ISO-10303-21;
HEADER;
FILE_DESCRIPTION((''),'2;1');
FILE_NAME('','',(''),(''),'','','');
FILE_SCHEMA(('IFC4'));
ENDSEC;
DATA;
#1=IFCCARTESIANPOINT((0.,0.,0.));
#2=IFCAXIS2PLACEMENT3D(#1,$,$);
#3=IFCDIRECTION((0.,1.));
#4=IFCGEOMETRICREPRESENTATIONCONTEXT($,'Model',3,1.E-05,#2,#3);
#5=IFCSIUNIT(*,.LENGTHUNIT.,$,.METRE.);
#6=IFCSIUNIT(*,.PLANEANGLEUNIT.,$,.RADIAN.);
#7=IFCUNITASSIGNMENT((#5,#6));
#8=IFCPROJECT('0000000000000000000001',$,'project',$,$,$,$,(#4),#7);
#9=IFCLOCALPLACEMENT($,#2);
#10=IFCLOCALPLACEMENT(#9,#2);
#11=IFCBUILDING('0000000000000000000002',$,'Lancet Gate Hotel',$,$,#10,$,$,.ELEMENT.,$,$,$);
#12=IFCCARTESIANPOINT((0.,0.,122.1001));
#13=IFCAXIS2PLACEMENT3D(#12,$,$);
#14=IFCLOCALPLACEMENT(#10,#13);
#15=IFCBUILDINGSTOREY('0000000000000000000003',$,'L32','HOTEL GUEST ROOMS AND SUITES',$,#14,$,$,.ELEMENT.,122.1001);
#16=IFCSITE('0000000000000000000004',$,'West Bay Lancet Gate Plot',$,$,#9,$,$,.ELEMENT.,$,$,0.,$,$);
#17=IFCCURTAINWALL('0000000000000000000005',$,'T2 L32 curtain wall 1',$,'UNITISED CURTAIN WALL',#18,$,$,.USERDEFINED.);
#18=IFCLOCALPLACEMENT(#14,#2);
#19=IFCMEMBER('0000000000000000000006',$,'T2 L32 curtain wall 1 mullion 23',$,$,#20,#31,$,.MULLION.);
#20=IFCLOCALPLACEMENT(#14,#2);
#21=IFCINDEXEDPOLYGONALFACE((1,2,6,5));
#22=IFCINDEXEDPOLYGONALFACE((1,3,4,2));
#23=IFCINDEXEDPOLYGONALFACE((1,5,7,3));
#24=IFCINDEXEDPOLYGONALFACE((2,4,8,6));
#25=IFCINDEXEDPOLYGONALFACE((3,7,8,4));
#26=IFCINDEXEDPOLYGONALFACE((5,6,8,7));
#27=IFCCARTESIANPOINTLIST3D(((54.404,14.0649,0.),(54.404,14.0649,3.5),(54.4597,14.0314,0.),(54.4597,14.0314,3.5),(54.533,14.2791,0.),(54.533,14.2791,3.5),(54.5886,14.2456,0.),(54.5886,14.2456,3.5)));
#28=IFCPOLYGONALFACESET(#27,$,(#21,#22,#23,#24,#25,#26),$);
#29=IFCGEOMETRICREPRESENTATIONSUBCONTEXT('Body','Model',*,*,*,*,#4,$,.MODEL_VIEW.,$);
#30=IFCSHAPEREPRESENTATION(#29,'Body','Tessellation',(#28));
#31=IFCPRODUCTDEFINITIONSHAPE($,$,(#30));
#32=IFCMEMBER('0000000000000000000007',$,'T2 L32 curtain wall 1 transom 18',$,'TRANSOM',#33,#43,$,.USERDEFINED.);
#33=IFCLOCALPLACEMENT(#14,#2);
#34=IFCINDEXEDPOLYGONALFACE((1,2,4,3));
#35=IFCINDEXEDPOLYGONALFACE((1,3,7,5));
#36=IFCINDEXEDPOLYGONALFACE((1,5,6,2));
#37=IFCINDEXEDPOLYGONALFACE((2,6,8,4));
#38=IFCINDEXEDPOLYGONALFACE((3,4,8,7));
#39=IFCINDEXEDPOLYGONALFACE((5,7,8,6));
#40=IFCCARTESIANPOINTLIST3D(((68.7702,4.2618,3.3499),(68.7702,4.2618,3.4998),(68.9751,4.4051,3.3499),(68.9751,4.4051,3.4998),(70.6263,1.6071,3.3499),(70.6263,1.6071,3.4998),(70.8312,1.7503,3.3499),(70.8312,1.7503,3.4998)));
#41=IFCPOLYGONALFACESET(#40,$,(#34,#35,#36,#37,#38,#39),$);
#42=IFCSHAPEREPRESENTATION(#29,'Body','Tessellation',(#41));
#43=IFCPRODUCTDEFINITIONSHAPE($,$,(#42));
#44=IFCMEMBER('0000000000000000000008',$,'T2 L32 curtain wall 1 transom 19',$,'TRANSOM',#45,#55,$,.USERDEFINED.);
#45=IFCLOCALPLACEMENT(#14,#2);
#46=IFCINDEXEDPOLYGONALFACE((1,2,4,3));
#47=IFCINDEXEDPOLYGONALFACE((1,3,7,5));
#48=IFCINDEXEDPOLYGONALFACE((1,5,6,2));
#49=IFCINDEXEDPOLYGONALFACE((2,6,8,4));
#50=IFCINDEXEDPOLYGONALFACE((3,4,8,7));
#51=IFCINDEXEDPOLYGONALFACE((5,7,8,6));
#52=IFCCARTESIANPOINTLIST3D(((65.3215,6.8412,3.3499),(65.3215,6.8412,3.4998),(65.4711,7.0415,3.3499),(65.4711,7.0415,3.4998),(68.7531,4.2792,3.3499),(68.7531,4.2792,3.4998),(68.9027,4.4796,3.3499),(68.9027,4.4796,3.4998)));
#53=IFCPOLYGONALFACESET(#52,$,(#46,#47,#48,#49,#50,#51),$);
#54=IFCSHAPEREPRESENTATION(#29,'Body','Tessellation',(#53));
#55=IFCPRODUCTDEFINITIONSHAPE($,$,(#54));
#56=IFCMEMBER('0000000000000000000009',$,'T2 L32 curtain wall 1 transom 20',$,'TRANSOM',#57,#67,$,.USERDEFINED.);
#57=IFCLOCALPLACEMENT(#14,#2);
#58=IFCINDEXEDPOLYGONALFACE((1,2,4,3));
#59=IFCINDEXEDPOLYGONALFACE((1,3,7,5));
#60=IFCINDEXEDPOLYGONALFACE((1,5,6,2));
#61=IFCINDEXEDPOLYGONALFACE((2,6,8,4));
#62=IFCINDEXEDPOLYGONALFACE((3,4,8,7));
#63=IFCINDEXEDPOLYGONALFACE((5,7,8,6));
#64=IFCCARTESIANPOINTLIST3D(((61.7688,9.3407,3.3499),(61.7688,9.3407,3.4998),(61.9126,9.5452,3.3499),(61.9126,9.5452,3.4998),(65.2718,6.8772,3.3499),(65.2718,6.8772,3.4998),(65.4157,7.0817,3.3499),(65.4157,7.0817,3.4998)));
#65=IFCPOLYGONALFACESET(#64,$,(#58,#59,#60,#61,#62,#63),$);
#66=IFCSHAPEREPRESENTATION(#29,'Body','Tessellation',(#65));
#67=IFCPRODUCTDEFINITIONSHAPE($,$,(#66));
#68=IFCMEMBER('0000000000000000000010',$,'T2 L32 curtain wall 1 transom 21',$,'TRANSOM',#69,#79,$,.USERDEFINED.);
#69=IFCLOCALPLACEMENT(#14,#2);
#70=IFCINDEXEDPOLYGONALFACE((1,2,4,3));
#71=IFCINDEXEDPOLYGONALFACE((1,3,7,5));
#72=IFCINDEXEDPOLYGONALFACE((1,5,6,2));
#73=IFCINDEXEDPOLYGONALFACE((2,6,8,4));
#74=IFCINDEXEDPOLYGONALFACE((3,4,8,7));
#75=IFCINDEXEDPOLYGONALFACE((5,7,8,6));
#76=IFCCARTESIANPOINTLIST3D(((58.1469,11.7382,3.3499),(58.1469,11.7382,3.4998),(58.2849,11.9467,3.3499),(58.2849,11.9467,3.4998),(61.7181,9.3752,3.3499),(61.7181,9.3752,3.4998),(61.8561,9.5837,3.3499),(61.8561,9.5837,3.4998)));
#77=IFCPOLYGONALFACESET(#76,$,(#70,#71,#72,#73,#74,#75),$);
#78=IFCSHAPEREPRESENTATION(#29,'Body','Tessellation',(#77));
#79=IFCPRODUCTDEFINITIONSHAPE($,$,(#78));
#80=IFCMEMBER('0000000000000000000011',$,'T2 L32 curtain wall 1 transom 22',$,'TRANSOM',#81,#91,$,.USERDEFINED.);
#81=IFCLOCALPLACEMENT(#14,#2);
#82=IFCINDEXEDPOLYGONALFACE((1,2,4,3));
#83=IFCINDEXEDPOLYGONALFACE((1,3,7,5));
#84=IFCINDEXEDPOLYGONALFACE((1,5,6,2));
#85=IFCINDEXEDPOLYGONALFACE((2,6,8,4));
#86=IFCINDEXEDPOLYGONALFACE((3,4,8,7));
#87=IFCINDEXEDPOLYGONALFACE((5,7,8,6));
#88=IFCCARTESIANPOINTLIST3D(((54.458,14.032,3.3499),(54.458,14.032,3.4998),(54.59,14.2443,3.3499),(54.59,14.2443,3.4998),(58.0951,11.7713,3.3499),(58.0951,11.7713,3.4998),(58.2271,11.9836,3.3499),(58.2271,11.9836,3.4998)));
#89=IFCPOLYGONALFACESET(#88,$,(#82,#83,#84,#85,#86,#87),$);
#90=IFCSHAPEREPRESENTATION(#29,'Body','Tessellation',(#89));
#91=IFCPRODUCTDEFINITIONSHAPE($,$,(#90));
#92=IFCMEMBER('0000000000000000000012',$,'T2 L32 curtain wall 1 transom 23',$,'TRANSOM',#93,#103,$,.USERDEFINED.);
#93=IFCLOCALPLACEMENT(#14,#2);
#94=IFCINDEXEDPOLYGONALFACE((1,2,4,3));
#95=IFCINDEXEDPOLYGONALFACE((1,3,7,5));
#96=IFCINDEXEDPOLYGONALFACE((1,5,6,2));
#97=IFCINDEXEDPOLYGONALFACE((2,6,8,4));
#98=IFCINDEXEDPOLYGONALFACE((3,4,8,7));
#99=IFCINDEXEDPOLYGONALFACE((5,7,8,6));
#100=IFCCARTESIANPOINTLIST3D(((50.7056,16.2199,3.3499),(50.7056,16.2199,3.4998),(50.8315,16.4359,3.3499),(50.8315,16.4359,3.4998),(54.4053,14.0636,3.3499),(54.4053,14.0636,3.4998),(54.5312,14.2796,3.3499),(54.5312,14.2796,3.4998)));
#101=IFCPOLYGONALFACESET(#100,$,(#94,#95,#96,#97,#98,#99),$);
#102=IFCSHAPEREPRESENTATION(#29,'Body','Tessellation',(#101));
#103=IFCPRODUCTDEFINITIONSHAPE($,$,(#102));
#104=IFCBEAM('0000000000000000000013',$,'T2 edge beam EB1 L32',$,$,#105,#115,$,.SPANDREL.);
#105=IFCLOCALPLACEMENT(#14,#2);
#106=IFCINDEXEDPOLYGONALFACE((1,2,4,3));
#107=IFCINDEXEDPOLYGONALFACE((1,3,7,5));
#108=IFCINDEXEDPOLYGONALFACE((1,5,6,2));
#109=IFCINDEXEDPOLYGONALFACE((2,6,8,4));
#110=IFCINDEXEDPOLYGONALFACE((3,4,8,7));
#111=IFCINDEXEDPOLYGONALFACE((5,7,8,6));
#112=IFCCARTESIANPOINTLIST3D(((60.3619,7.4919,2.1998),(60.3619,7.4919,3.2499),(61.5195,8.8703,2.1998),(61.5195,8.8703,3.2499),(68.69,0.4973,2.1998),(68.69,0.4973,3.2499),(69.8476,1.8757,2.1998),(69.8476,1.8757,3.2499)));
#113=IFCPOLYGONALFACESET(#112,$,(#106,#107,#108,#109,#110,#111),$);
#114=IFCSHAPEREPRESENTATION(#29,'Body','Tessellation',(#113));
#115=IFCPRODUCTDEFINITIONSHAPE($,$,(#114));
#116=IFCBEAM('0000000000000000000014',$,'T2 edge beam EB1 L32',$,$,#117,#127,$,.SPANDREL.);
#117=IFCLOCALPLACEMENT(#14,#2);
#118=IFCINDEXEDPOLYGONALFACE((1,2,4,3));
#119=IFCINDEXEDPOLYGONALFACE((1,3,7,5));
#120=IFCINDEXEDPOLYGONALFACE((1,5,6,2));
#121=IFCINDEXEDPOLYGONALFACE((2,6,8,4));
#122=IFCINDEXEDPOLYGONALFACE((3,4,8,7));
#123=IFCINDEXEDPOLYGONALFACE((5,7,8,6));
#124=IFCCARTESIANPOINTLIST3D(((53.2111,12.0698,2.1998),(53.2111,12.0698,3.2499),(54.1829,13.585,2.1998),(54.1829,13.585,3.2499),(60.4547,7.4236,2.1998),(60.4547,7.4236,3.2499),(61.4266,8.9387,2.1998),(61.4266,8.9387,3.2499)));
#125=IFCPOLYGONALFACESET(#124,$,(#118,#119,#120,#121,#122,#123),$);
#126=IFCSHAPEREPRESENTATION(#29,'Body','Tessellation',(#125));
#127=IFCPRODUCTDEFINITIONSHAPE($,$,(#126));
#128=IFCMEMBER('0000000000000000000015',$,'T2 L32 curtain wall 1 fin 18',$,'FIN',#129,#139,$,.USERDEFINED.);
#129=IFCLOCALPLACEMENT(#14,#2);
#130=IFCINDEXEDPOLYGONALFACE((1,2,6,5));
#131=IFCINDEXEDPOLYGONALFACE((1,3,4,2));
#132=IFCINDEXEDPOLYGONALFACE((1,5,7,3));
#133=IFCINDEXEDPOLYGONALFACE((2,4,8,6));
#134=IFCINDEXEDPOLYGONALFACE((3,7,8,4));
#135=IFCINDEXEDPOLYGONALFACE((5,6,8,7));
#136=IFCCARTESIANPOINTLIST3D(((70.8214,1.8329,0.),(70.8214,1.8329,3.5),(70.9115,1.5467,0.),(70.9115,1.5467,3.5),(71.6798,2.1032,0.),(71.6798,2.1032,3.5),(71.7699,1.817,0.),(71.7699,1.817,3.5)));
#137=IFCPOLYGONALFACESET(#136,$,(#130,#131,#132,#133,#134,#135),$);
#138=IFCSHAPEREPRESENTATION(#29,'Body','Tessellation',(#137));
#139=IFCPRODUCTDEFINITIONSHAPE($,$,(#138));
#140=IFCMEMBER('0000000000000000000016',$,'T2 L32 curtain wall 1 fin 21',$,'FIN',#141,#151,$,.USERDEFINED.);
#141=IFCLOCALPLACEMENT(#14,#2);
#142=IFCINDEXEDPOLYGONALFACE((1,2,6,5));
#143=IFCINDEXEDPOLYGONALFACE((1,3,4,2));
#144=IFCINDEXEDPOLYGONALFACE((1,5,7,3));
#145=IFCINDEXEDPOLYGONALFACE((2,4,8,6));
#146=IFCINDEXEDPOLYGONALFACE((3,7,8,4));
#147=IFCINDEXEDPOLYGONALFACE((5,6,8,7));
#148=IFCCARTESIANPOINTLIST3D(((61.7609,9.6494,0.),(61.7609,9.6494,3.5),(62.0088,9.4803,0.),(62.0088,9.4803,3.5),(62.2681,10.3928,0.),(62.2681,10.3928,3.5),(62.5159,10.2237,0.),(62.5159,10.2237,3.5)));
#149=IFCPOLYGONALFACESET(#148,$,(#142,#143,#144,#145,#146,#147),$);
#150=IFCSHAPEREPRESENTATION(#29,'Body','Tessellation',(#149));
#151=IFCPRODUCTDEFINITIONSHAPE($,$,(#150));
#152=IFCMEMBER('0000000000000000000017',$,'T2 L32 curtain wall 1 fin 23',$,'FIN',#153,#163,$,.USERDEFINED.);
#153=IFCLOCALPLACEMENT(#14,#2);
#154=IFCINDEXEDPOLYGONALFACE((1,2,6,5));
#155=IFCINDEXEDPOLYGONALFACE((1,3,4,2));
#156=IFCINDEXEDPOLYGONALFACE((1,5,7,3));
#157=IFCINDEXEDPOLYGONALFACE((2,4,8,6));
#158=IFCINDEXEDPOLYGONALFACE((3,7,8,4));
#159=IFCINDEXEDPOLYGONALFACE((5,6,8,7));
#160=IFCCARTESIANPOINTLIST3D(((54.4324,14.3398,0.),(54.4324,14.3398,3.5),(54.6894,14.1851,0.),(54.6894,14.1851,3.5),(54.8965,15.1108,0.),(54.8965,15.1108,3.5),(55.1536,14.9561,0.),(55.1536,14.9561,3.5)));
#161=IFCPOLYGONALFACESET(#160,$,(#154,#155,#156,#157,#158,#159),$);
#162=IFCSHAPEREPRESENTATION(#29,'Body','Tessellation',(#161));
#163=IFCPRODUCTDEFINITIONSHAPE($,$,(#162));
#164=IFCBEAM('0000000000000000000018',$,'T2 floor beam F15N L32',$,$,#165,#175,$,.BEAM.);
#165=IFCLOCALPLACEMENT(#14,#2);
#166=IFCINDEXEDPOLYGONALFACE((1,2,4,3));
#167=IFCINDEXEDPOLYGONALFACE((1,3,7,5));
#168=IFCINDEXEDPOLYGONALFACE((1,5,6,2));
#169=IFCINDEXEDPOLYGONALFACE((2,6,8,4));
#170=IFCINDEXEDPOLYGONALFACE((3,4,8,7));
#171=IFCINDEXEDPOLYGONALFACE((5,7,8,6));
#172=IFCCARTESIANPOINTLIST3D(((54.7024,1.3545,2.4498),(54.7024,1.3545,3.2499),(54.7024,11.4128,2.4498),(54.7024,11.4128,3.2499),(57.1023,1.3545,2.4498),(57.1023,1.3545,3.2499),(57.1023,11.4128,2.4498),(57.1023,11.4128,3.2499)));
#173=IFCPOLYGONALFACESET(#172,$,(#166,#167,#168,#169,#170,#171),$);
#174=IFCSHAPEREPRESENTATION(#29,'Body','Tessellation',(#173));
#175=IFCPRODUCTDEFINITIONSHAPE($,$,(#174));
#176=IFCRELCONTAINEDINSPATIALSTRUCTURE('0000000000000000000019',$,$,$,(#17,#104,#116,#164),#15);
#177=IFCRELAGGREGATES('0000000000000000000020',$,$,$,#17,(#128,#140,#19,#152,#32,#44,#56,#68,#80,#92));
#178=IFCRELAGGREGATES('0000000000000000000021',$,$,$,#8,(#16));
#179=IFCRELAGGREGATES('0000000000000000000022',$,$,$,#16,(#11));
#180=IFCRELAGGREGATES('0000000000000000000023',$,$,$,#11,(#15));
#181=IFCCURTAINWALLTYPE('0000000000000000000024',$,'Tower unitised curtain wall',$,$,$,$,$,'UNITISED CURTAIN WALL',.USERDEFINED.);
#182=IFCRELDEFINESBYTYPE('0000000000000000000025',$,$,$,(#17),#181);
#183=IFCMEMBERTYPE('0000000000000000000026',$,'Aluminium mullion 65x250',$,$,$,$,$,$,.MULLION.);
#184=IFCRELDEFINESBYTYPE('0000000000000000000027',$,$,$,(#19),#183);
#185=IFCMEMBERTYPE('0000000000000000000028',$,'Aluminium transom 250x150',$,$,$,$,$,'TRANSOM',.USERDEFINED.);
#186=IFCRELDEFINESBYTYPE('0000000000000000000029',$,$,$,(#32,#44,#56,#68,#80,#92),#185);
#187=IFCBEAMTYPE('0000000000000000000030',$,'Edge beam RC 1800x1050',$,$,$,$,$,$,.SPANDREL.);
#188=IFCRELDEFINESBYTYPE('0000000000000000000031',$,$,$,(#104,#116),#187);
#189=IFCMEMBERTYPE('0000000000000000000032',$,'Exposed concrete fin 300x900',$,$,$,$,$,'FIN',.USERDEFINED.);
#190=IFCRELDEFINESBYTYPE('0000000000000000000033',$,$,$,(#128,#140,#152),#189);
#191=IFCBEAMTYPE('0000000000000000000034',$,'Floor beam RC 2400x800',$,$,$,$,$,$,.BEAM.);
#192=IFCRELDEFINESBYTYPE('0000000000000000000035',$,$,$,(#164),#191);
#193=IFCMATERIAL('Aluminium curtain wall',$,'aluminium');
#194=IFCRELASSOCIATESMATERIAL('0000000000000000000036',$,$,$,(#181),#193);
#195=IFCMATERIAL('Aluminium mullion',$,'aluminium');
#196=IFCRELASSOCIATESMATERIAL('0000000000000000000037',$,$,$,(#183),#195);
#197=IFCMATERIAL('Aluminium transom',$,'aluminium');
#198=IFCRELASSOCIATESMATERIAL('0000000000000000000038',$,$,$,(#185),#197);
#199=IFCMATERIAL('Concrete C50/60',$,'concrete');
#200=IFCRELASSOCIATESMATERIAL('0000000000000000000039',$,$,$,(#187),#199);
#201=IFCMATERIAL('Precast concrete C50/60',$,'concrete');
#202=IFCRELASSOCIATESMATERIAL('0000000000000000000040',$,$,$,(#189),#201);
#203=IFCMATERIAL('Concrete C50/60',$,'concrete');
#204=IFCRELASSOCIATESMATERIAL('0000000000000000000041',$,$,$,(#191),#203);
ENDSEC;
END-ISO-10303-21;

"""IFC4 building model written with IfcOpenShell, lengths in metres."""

from ifc_helpers import new_model, si_unit, direction, frame, origin, origin_2d, place, context, subcontext, project, spatial, rectangle, extrude, material, material_profile, profile_set, type_object, element, aggregate, save


model = new_model("IFC4")

# Units and contexts
model_context = context("Model", 3, precision=1e-05, world=origin(), true_north=direction((0.0, 1.0)))
body_context = subcontext(model_context, "Body", "Model", "MODEL_VIEW")
ifc_project = project(units=[si_unit("LENGTHUNIT", "METRE"), si_unit("PLANEANGLEUNIT", "RADIAN")], contexts=[model_context])

# Site, building, storey
site_placement = place(None, origin())
site = spatial("IfcSite", under=ifc_project, at=site_placement, Name="West Bay Lancet Gate Plot", CompositionType="ELEMENT", RefElevation=0.0)
building_placement = place(site_placement, origin())
building = spatial("IfcBuilding", under=site, at=building_placement, Name="Lancet Gate Hotel", CompositionType="ELEMENT")
storey_placement = place(building_placement, frame((0.0, 0.0, 122.1001)))
storey = spatial("IfcBuildingStorey", under=building, at=storey_placement, Name="L32", Description="HOTEL GUEST ROOMS AND SUITES", CompositionType="ELEMENT", Elevation=122.1001)

# Curtain wall, members
ifc_material_1 = material(Name="Aluminium curtain wall", Category="aluminium")
curtain_wall_type = type_object("IfcCurtainWallType", Name="Tower unitised curtain wall", ElementType="UNITISED CURTAIN WALL", PredefinedType="USERDEFINED", material=ifc_material_1)
curtain_wall_placement = place(storey_placement, origin())
curtain_wall = element("IfcCurtainWall", 1, at=curtain_wall_placement, inside=storey, type_object=curtain_wall_type, Name="T2 L32 curtain wall 1", ObjectType="UNITISED CURTAIN WALL", PredefinedType="USERDEFINED")
ifc_material_2 = material(Name="Aluminium mullion", Category="aluminium")
ifc_material_profile_1 = material_profile(ifc_material_2, rectangle(XDim=0.0649, YDim=0.25, at=origin_2d()), Name="MULLION 65x250")
ifc_profile_set_1 = profile_set([ifc_material_profile_1], Name="Aluminium mullion")
member_type_1 = type_object("IfcMemberType", Name="Aluminium mullion 65x250", PredefinedType="MULLION", material=ifc_profile_set_1)
member_1_placement = place(storey_placement, frame((54.4963, 14.1553, 0.0), z_axis=(0.0, 0.0, 1.0), x_axis=(-0.856728, 0.515768, 0.0)))
member_1 = element("IfcMember", 2, at=member_1_placement, type_object=member_type_1, Name="T2 L32 curtain wall 1 mullion 23", PredefinedType="MULLION", context=body_context, shape_type="SweptSolid", body=[
    extrude(rectangle(XDim=0.0649, YDim=0.25, at=origin_2d()), origin(), (0.0, 0.0, 1.0), 3.5),
])
ifc_material_3 = material(Name="Aluminium transom", Category="aluminium")
ifc_material_profile_2 = material_profile(ifc_material_3, rectangle(XDim=0.25, YDim=0.1499, at=origin_2d()), Name="TRANSOM 250x150")
ifc_profile_set_2 = profile_set([ifc_material_profile_2], Name="Aluminium transom")
member_type_2 = type_object("IfcMemberType", Name="Aluminium transom 250x150", ElementType="TRANSOM", PredefinedType="USERDEFINED", material=ifc_profile_set_2)
member_2_placement = place(storey_placement, frame((70.7288, 1.6787, 3.4248), z_axis=(-0.573017, 0.819543, 0.0), x_axis=(-0.819543, -0.573017, 0.0)))
member_2 = element("IfcMember", 3, at=member_2_placement, type_object=member_type_2, Name="T2 L32 curtain wall 1 transom 18", ObjectType="TRANSOM", PredefinedType="USERDEFINED", context=body_context, shape_type="SweptSolid", body=[
    extrude(rectangle(XDim=0.25, YDim=0.1499, at=origin_2d()), origin(), (0.0, 0.0, 1.0), 3.2393),
])
member_3_placement = place(storey_placement, frame((68.8279, 4.3794, 3.4248), z_axis=(-0.801312, 0.598247, 0.0), x_axis=(-0.598247, -0.801312, 0.0)))
member_3 = element("IfcMember", 4, at=member_3_placement, type_object=member_type_2, Name="T2 L32 curtain wall 1 transom 19", ObjectType="TRANSOM", PredefinedType="USERDEFINED", context=body_context, shape_type="SweptSolid", body=[
    extrude(rectangle(XDim=0.25, YDim=0.1499, at=origin_2d()), origin(), (0.0, 0.0, 1.0), 4.2825),
])
member_4_placement = place(storey_placement, frame((65.3438, 6.9795, 3.4248), z_axis=(-0.817987, 0.575236, 0.0), x_axis=(-0.575236, -0.817987, 0.0)))
member_4 = element("IfcMember", 5, at=member_4_placement, type_object=member_type_2, Name="T2 L32 curtain wall 1 transom 20", ObjectType="TRANSOM", PredefinedType="USERDEFINED", context=body_context, shape_type="SweptSolid", body=[
    extrude(rectangle(XDim=0.25, YDim=0.1499, at=origin_2d()), origin(), (0.0, 0.0, 1.0), 4.2825),
])
member_5_placement = place(storey_placement, frame((61.7871, 9.4795, 3.4248), z_axis=(-0.833966, 0.551816, 0.0), x_axis=(-0.551816, -0.833966, 0.0)))
member_5 = element("IfcMember", 6, at=member_5_placement, type_object=member_type_2, Name="T2 L32 curtain wall 1 transom 21", ObjectType="TRANSOM", PredefinedType="USERDEFINED", context=body_context, shape_type="SweptSolid", body=[
    extrude(rectangle(XDim=0.25, YDim=0.1499, at=origin_2d()), origin(), (0.0, 0.0, 1.0), 4.2822),
])
member_6_placement = place(storey_placement, frame((58.1611, 11.8774, 3.4248), z_axis=(-0.849309, 0.527896, 0.0), x_axis=(-0.527896, -0.849309, 0.0)))
member_6 = element("IfcMember", 7, at=member_6_placement, type_object=member_type_2, Name="T2 L32 curtain wall 1 transom 22", ObjectType="TRANSOM", PredefinedType="USERDEFINED", context=body_context, shape_type="SweptSolid", body=[
    extrude(rectangle(XDim=0.25, YDim=0.1499, at=origin_2d()), origin(), (0.0, 0.0, 1.0), 4.2825),
])
member_7_placement = place(storey_placement, frame((54.4683, 14.1716, 3.4248), z_axis=(-0.863973, 0.503538, 0.0), x_axis=(-0.503538, -0.863973, 0.0)))
member_7 = element("IfcMember", 8, at=member_7_placement, type_object=member_type_2, Name="T2 L32 curtain wall 1 transom 23", ObjectType="TRANSOM", PredefinedType="USERDEFINED", context=body_context, shape_type="SweptSolid", body=[
    extrude(rectangle(XDim=0.25, YDim=0.1499, at=origin_2d()), origin(), (0.0, 0.0, 1.0), 4.2822),
])

# Beams
ifc_material_4 = material(Name="Concrete C50/60", Category="concrete")
ifc_material_profile_3 = material_profile(ifc_material_4, rectangle(XDim=1.8, YDim=1.05, at=origin_2d()), Name="RC 1800x1050")
ifc_profile_set_3 = profile_set([ifc_material_profile_3], Name="Concrete C50/60")
beam_type_1 = type_object("IfcBeamType", Name="Edge beam RC 1800x1050", PredefinedType="SPANDREL", material=ifc_profile_set_3)
beam_1_placement = place(storey_placement, frame((69.2688, 1.1865, 2.7249), z_axis=(-0.76575, 0.643138, 0.0), x_axis=(-0.643138, -0.76575, 0.0)))
element("IfcBeam", 9, at=beam_1_placement, inside=storey, type_object=beam_type_1, Name="T2 edge beam EB1 L32", PredefinedType="SPANDREL", context=body_context, shape_type="SweptSolid", body=[
    extrude(rectangle(XDim=1.8, YDim=1.05, at=origin_2d()), origin(), (0.0, 0.0, 1.0), 10.8757),
])
beam_2_placement = place(storey_placement, frame((60.9407, 8.1812, 2.7249), z_axis=(-0.841727, 0.539903, 0.0), x_axis=(-0.539903, -0.841727, 0.0)))
element("IfcBeam", 10, at=beam_2_placement, inside=storey, type_object=beam_type_1, Name="T2 edge beam EB1 L32", PredefinedType="SPANDREL", context=body_context, shape_type="SweptSolid", body=[
    extrude(rectangle(XDim=1.8, YDim=1.05, at=origin_2d()), origin(), (0.0, 0.0, 1.0), 8.6057),
])

# Members
ifc_material_5 = material(Name="Precast concrete C50/60", Category="concrete")
ifc_material_profile_4 = material_profile(ifc_material_5, rectangle(XDim=0.3, YDim=0.8999, at=origin_2d()), Name="FIN 300x900")
ifc_profile_set_4 = profile_set([ifc_material_profile_4], Name="Precast concrete C50/60")
member_type_3 = type_object("IfcMemberType", Name="Exposed concrete fin 300x900", ElementType="FIN", PredefinedType="USERDEFINED", material=ifc_profile_set_4)
member_8_placement = place(storey_placement, frame((71.2957, 1.825, 0.0), z_axis=(0.0, 0.0, 1.0), x_axis=(-0.300385, 0.953818, 0.0)))
member_8 = element("IfcMember", 11, at=member_8_placement, type_object=member_type_3, Name="T2 L32 curtain wall 1 fin 18", ObjectType="FIN", PredefinedType="USERDEFINED", context=body_context, shape_type="SweptSolid", body=[
    extrude(rectangle(XDim=0.3, YDim=0.8999, at=origin_2d()), origin(), (0.0, 0.0, 1.0), 3.5),
])
member_9_placement = place(storey_placement, frame((62.1384, 9.9365, 0.0), z_axis=(0.0, 0.0, 1.0), x_axis=(-0.826066, 0.563574, 0.0)))
member_9 = element("IfcMember", 12, at=member_9_placement, type_object=member_type_3, Name="T2 L32 curtain wall 1 fin 21", ObjectType="FIN", PredefinedType="USERDEFINED", context=body_context, shape_type="SweptSolid", body=[
    extrude(rectangle(XDim=0.3, YDim=0.8999, at=origin_2d()), origin(), (0.0, 0.0, 1.0), 3.5),
])
member_10_placement = place(storey_placement, frame((54.793, 14.6479, 0.0), z_axis=(0.0, 0.0, 1.0), x_axis=(-0.856728, 0.515768, 0.0)))
member_10 = element("IfcMember", 13, at=member_10_placement, type_object=member_type_3, Name="T2 L32 curtain wall 1 fin 23", ObjectType="FIN", PredefinedType="USERDEFINED", context=body_context, shape_type="SweptSolid", body=[
    extrude(rectangle(XDim=0.3, YDim=0.8999, at=origin_2d()), origin(), (0.0, 0.0, 1.0), 3.5),
])

# Beam
ifc_material_6 = material(Name="Concrete C50/60", Category="concrete")
ifc_material_profile_5 = material_profile(ifc_material_6, rectangle(XDim=2.3999, YDim=0.8, at=origin_2d()), Name="RC 2400x800")
ifc_profile_set_5 = profile_set([ifc_material_profile_5], Name="Concrete C50/60")
beam_type_2 = type_object("IfcBeamType", Name="Floor beam RC 2400x800", PredefinedType="BEAM", material=ifc_profile_set_5)
beam_3_placement = place(storey_placement, frame((55.9023, 1.3545, 2.8499), z_axis=(0.0, 1.0, 0.0), x_axis=(-1.0, 0.0, 0.0)))
element("IfcBeam", 14, at=beam_3_placement, inside=storey, type_object=beam_type_2, Name="T2 floor beam F15N L32", PredefinedType="BEAM", context=body_context, shape_type="SweptSolid", body=[
    extrude(rectangle(XDim=2.3999, YDim=0.8, at=origin_2d()), origin(), (0.0, 0.0, 1.0), 10.0583),
])

aggregate(curtain_wall, [member_8, member_9, member_1, member_10, member_2, member_3, member_4, member_5, member_6, member_7])

save(model, "model.ifc")
